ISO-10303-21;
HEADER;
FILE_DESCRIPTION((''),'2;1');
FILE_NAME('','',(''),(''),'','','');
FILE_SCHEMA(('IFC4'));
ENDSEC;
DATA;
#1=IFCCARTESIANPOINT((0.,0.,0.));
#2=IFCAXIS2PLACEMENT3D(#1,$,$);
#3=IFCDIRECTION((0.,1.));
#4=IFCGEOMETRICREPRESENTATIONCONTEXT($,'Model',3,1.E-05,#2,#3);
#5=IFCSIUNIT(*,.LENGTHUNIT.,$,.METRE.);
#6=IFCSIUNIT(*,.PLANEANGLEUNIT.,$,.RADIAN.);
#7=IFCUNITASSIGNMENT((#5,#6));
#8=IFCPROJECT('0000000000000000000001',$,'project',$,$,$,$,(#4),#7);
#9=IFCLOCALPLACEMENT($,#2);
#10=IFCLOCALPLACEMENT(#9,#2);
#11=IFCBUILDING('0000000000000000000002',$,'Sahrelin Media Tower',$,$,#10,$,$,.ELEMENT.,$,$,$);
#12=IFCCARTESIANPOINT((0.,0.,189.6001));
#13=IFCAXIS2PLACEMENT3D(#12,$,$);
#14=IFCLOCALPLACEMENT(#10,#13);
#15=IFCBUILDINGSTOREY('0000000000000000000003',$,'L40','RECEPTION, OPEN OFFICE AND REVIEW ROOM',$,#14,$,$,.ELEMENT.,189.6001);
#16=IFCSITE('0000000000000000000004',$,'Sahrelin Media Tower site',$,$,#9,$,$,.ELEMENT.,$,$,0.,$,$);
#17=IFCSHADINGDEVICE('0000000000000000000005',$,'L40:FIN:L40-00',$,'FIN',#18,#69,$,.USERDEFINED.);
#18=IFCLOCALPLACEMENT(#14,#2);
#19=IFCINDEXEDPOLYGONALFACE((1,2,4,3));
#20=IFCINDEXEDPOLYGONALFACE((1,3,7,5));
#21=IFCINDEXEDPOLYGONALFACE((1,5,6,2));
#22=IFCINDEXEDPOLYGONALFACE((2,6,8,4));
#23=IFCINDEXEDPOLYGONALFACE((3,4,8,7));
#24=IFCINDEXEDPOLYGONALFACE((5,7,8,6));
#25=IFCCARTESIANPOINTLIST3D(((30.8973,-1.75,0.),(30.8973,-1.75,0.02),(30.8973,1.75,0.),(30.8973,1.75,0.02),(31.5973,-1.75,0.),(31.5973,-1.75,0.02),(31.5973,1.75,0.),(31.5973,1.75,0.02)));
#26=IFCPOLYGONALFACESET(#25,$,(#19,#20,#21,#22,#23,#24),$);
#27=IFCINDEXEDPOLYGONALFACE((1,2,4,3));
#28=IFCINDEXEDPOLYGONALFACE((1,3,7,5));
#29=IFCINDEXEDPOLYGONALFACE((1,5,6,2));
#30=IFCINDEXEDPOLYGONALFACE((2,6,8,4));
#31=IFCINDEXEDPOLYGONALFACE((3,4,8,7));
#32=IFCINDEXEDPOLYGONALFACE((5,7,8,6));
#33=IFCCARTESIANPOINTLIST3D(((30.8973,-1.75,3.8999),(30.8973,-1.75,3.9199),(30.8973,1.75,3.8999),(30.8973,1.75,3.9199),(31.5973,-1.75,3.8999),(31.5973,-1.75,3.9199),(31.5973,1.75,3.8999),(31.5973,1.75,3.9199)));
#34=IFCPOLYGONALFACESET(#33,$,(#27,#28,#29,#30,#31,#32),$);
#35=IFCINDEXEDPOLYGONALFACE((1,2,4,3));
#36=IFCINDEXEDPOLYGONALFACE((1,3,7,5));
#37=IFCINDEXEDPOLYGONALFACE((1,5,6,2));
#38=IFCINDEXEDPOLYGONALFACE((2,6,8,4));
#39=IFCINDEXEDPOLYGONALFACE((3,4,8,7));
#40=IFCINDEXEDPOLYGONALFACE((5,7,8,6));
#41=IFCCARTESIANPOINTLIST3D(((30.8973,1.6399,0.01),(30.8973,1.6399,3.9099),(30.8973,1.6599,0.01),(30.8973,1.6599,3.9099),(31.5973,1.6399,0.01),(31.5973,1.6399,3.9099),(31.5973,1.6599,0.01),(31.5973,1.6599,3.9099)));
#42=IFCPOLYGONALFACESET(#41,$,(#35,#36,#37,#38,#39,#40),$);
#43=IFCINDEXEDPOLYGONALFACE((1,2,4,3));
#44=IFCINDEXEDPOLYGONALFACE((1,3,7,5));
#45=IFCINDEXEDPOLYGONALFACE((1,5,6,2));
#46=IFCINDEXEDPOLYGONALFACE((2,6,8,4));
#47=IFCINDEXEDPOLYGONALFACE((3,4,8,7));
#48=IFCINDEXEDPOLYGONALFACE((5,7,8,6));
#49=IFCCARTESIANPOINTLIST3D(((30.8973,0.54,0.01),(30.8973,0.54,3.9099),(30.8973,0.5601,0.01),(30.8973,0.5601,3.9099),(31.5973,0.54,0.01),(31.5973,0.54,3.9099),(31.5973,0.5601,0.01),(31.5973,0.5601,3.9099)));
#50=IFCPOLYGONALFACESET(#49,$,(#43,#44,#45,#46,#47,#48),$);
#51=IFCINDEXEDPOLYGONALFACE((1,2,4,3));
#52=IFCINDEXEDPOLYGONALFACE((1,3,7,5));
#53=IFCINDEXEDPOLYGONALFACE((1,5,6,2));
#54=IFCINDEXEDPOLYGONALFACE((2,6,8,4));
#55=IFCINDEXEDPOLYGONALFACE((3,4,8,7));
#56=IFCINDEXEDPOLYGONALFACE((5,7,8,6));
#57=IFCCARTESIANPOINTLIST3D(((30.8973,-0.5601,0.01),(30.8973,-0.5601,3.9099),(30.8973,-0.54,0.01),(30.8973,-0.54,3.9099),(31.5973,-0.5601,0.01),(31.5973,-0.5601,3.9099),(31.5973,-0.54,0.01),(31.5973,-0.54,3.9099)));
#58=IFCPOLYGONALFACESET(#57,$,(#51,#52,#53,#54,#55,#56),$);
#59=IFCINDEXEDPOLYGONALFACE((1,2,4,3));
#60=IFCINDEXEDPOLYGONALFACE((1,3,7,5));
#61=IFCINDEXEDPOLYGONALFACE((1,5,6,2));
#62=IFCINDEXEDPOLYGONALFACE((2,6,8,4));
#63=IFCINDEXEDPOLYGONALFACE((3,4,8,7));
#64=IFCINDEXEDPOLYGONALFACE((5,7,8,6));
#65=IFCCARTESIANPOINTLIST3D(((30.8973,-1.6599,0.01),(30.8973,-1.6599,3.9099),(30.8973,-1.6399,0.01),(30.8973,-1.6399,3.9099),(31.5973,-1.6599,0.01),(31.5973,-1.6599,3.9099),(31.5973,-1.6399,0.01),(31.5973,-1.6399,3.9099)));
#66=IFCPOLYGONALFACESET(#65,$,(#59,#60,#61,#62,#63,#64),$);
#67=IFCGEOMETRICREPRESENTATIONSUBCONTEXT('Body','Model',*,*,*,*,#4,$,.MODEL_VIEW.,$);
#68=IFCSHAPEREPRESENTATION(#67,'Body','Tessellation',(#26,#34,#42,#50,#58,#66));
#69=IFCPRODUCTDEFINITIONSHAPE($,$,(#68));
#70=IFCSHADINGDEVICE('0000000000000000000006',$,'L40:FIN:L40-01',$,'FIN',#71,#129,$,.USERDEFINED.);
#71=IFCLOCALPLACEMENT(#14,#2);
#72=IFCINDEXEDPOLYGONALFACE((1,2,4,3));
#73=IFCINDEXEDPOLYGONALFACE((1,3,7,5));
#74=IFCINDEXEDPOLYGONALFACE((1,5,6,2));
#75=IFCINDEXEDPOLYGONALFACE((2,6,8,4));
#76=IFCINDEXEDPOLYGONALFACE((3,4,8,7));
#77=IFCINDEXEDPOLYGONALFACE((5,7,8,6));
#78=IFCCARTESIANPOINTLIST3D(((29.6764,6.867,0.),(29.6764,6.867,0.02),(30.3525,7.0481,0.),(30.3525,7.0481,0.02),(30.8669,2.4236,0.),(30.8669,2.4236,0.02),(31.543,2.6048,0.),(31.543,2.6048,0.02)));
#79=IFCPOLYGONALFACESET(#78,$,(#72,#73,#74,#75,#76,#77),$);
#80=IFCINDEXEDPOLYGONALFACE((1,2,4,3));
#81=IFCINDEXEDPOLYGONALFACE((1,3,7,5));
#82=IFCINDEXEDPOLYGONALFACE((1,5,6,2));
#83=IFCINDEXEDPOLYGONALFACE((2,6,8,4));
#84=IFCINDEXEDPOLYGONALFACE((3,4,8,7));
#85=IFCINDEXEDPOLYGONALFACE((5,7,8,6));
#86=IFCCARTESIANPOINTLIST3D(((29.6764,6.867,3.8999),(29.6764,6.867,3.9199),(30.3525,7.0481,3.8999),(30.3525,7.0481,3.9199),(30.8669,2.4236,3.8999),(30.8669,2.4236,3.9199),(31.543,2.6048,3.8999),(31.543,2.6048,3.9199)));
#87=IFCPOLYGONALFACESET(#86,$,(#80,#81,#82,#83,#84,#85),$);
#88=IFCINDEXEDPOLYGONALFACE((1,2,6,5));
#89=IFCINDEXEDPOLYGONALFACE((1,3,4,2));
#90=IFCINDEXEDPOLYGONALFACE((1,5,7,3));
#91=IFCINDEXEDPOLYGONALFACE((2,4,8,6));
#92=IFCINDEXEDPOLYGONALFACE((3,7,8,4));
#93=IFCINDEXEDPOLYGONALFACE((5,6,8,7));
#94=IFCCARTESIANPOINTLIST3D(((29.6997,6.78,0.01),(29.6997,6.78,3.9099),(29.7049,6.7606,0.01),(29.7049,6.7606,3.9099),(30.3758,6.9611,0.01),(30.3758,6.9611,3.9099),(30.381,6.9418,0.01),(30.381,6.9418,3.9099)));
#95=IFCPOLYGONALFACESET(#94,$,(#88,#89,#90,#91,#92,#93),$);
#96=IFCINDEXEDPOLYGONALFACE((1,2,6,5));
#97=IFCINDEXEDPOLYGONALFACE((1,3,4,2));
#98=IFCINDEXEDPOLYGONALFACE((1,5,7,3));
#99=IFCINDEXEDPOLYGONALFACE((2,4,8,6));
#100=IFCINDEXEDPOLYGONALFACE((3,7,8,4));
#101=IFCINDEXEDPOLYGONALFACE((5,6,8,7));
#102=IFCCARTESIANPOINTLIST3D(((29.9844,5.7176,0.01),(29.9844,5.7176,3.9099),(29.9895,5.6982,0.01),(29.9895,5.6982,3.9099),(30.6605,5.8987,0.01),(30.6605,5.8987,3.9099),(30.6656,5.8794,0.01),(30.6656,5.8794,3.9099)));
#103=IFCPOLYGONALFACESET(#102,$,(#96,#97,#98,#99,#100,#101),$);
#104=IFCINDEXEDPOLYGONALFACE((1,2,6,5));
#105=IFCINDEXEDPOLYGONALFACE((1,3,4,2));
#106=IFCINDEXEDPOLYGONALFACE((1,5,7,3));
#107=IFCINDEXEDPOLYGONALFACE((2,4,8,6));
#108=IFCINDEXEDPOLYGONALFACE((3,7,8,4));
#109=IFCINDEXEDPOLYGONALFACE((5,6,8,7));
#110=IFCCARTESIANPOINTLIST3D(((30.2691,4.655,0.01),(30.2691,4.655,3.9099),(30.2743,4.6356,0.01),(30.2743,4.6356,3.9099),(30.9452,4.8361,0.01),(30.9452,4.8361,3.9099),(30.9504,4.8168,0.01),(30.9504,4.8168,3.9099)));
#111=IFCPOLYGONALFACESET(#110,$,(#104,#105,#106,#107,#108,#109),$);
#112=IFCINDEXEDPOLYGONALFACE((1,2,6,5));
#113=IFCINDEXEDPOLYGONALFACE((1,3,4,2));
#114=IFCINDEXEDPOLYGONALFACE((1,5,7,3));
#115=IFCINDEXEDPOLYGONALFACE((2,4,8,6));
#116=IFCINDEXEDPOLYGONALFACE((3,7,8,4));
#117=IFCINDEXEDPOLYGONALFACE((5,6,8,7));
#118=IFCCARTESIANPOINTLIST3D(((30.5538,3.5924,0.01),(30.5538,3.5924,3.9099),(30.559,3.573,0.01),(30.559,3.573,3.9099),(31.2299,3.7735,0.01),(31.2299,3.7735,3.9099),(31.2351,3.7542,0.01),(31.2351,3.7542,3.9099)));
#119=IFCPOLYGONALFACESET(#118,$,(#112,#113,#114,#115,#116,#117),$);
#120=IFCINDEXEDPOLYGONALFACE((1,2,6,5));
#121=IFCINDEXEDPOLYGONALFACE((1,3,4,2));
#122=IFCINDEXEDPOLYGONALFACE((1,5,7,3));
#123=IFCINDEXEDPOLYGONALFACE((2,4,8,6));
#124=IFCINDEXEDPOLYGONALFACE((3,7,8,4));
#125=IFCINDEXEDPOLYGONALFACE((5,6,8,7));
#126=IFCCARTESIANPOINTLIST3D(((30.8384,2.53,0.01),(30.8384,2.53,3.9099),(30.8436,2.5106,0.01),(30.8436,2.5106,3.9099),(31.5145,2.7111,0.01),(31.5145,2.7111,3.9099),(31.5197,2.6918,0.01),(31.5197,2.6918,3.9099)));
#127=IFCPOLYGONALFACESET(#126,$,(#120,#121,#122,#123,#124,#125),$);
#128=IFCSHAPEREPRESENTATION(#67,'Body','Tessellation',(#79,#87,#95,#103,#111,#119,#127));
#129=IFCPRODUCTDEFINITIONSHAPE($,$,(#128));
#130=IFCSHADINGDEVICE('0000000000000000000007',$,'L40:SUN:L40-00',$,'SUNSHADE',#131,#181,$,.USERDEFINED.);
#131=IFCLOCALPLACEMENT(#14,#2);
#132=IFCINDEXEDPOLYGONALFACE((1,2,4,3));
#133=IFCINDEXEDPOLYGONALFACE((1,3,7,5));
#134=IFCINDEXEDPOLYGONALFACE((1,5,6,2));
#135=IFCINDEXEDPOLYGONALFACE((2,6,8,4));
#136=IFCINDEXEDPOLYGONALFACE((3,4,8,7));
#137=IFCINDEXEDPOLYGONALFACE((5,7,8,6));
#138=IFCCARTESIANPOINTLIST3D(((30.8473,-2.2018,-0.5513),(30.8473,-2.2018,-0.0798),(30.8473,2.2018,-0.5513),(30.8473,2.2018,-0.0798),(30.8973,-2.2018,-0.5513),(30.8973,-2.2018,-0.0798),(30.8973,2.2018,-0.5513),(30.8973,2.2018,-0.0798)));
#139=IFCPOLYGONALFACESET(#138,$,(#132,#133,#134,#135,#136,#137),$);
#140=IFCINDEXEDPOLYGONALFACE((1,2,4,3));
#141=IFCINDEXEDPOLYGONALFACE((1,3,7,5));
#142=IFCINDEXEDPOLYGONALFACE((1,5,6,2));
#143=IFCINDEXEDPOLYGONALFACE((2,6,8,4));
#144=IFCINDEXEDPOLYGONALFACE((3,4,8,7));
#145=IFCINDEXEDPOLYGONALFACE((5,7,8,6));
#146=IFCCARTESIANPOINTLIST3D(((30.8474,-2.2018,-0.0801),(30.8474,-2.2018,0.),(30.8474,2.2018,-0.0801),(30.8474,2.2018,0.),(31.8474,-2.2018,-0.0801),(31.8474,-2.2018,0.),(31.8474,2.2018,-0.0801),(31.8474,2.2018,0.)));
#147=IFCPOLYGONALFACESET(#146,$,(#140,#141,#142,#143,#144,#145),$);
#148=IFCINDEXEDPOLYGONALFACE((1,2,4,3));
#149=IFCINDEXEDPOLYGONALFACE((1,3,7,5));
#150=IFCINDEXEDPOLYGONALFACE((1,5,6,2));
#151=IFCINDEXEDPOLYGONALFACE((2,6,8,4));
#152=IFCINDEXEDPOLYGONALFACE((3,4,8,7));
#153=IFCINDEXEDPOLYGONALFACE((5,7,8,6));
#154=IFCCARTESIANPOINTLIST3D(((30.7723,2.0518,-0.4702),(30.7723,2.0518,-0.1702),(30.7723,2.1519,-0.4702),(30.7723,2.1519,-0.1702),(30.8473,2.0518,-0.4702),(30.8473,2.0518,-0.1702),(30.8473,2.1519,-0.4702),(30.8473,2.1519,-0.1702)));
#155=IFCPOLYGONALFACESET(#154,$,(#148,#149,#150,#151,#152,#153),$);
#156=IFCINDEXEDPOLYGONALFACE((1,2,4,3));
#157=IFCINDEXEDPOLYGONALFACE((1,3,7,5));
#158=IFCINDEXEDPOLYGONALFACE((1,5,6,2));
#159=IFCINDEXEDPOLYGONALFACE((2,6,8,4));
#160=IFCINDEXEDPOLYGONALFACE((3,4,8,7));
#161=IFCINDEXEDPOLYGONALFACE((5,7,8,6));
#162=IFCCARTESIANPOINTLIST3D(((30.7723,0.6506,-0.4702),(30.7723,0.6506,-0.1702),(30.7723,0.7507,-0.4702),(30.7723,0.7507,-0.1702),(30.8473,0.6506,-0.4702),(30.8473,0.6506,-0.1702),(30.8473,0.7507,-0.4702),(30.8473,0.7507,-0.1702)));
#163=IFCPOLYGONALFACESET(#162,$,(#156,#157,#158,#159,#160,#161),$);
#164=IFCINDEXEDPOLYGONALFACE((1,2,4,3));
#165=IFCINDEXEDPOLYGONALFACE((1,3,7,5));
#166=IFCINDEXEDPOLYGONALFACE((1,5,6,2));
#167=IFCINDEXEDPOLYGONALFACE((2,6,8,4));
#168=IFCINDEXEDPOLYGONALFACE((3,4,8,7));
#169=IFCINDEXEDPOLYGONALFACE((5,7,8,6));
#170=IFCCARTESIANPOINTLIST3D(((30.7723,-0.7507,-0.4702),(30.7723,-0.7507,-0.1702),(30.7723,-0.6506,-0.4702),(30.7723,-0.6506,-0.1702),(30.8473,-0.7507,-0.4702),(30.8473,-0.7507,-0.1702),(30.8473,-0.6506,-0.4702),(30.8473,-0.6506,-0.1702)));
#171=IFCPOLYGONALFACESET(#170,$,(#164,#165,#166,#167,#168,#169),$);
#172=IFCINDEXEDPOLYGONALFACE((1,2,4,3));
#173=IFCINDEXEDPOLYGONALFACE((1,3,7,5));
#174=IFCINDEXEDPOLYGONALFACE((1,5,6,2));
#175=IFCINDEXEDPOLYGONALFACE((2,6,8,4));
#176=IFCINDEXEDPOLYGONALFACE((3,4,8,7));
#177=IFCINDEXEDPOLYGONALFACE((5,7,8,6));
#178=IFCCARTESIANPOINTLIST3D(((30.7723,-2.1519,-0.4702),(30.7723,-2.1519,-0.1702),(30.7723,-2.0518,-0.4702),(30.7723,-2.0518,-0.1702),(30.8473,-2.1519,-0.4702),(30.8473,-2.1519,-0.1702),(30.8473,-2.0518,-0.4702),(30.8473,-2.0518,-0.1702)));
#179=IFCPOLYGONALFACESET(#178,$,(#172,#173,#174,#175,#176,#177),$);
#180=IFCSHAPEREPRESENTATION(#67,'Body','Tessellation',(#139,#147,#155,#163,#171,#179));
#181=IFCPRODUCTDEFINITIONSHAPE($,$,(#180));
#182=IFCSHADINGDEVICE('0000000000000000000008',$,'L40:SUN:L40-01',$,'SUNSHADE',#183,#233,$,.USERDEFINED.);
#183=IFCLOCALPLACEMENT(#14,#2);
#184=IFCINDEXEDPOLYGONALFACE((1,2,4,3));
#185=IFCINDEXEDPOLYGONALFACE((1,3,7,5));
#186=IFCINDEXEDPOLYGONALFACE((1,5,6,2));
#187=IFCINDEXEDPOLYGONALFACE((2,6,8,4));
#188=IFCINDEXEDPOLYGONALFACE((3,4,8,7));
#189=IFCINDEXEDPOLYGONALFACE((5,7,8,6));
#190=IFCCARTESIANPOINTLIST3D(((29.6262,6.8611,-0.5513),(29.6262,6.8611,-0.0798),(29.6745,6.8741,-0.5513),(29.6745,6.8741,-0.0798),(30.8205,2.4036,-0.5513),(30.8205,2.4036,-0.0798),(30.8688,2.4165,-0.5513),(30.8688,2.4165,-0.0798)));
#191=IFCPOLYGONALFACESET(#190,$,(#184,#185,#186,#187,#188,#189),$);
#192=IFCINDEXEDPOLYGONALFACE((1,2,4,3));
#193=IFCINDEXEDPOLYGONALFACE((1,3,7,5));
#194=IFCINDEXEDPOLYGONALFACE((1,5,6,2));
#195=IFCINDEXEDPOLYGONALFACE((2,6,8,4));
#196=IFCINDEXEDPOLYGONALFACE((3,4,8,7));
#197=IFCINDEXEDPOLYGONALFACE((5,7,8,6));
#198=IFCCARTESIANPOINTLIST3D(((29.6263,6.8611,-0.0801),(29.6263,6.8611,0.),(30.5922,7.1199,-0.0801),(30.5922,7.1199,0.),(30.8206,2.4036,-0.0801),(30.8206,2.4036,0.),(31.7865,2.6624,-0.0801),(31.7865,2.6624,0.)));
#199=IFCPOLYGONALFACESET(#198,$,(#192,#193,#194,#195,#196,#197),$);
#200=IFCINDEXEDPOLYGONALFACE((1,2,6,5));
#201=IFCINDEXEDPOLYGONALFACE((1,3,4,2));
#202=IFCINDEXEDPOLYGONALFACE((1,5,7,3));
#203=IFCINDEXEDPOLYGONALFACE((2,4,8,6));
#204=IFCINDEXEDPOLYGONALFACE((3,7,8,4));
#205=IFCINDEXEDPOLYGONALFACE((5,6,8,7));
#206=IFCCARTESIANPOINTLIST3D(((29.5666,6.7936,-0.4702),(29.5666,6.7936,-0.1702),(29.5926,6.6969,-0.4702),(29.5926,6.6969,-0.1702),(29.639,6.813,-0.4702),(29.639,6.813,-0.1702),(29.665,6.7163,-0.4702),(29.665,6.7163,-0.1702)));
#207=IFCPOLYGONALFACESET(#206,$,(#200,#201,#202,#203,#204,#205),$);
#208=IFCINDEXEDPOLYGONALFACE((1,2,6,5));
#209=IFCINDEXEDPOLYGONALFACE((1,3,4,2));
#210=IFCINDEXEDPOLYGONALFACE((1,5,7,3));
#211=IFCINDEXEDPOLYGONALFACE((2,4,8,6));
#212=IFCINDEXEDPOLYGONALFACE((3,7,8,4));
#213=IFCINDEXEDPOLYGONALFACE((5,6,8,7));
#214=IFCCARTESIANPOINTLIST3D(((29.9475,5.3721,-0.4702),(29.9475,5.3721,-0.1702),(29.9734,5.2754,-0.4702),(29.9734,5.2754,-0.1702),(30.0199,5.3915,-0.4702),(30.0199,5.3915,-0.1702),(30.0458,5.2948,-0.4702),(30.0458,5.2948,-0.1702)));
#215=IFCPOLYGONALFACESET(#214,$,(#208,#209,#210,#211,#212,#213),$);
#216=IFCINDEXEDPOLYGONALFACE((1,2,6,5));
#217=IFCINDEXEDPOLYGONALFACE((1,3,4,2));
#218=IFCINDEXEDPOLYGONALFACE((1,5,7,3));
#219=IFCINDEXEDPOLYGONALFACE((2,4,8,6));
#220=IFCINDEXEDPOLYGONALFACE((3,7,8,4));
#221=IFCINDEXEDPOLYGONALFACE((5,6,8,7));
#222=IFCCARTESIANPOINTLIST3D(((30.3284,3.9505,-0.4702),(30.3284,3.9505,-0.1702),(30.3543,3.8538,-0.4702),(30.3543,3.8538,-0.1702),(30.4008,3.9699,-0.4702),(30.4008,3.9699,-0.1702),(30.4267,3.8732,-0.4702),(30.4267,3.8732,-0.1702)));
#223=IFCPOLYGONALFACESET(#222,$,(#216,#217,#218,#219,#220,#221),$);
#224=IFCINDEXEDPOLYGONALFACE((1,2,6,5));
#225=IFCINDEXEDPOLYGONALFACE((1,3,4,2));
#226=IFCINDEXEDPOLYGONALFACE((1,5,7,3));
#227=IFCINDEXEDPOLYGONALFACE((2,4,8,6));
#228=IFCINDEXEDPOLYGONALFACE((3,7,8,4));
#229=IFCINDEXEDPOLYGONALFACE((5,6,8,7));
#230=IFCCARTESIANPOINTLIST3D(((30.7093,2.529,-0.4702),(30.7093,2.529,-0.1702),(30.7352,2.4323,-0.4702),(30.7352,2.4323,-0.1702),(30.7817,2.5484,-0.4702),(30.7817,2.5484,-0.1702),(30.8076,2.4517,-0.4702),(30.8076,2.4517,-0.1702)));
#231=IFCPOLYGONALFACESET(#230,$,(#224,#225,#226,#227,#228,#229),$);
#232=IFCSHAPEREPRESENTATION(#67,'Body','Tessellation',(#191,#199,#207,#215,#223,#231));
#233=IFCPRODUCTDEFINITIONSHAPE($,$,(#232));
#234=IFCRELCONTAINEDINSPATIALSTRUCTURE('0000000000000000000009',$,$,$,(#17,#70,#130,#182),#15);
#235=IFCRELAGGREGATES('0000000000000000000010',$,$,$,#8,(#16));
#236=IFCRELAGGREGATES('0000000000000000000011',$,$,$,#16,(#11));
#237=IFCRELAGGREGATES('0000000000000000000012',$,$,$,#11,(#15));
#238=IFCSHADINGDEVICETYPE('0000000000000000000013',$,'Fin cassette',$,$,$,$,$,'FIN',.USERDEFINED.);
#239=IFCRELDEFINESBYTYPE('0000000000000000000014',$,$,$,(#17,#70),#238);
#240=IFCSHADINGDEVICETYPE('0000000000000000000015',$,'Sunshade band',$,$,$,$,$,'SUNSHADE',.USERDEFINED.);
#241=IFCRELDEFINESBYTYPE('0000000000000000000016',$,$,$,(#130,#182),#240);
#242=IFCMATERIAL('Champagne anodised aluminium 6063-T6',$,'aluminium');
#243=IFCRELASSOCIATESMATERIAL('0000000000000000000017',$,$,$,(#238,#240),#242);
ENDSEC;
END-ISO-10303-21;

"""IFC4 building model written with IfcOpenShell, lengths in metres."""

from ifc_helpers import new_model, si_unit, direction, frame, origin, origin_2d, place, context, subcontext, project, spatial, rectangle, extrude, material, type_object, element, save


model = new_model("IFC4")

# Units and contexts
model_context = context("Model", 3, precision=1e-05, world=origin(), true_north=direction((0.0, 1.0)))
body_context = subcontext(model_context, "Body", "Model", "MODEL_VIEW")
ifc_project = project(units=[si_unit("LENGTHUNIT", "METRE"), si_unit("PLANEANGLEUNIT", "RADIAN")], contexts=[model_context])

# Site, building, storey
site_placement = place(None, origin())
site = spatial("IfcSite", under=ifc_project, at=site_placement, Name="Sahrelin Media Tower site", CompositionType="ELEMENT", RefElevation=0.0)
building_placement = place(site_placement, origin())
building = spatial("IfcBuilding", under=site, at=building_placement, Name="Sahrelin Media Tower", CompositionType="ELEMENT")
storey_placement = place(building_placement, frame((0.0, 0.0, 189.6001)))
storey = spatial("IfcBuildingStorey", under=building, at=storey_placement, Name="L40", Description="RECEPTION, OPEN OFFICE AND REVIEW ROOM", CompositionType="ELEMENT", Elevation=189.6001)

# Shared definitions
ifc_material_1 = material(Name="Champagne anodised aluminium 6063-T6", Category="aluminium")

# Shading devices
shading_device_type_1 = type_object("IfcShadingDeviceType", Name="Fin cassette", ElementType="FIN", PredefinedType="USERDEFINED", material=ifc_material_1)
placement_1 = place(storey_placement, frame((30.8274, 0.0, 0.0), z_axis=(0.0, 0.0, 1.0), x_axis=(0.0, -1.0, 0.0)))
element("IfcShadingDevice", 1, at=placement_1, inside=storey, type_object=shading_device_type_1, Name="L40:FIN:L40-00", ObjectType="FIN", PredefinedType="USERDEFINED", context=body_context, shape_type="SweptSolid", body=[
    extrude(rectangle(XDim=3.5, YDim=0.7, at=origin_2d()), frame((0.0, 0.4199, 0.0)), (0.0, 0.0, 1.0), 0.02),
    extrude(rectangle(XDim=3.5, YDim=0.7, at=origin_2d()), frame((0.0, 0.4199, 3.8999)), (0.0, 0.0, 1.0), 0.02),
    extrude(rectangle(XDim=0.02, YDim=0.7, at=origin_2d()), frame((-1.6499, 0.4199, 0.01), z_axis=(0.0, 0.0, 1.0), x_axis=(1.0, 0.0, 0.0)), (0.0, 0.0, 1.0), 3.8999),
    extrude(rectangle(XDim=0.02, YDim=0.7, at=origin_2d()), frame((-0.55, 0.4199, 0.01), z_axis=(0.0, 0.0, 1.0), x_axis=(1.0, 0.0, 0.0)), (0.0, 0.0, 1.0), 3.8999),
    extrude(rectangle(XDim=0.02, YDim=0.7, at=origin_2d()), frame((0.55, 0.4199, 0.01), z_axis=(0.0, 0.0, 1.0), x_axis=(1.0, 0.0, 0.0)), (0.0, 0.0, 1.0), 3.8999),
    extrude(rectangle(XDim=0.02, YDim=0.7, at=origin_2d()), frame((1.6499, 0.4199, 0.01), z_axis=(0.0, 0.0, 1.0), x_axis=(1.0, 0.0, 0.0)), (0.0, 0.0, 1.0), 3.8999),
])
placement_2 = place(storey_placement, frame((30.2041, 4.6272, 0.0), z_axis=(0.0, 0.0, 1.0), x_axis=(0.258808, -0.965929, 0.0)))
element("IfcShadingDevice", 2, at=placement_2, inside=storey, type_object=shading_device_type_1, Name="L40:FIN:L40-01", ObjectType="FIN", PredefinedType="USERDEFINED", context=body_context, shape_type="SweptSolid", body=[
    extrude(rectangle(XDim=4.6001, YDim=0.7, at=origin_2d()), frame((0.0, 0.4199, 0.0)), (0.0, 0.0, 1.0), 0.02),
    extrude(rectangle(XDim=4.6001, YDim=0.7, at=origin_2d()), frame((0.0, 0.4199, 3.8999)), (0.0, 0.0, 1.0), 0.02),
    extrude(rectangle(XDim=0.02, YDim=0.7, at=origin_2d()), frame((-2.2, 0.4199, 0.01), z_axis=(0.0, 0.0, 1.0), x_axis=(1.0, 0.0, 0.0)), (0.0, 0.0, 1.0), 3.8999),
    extrude(rectangle(XDim=0.02, YDim=0.7, at=origin_2d()), frame((-1.1001, 0.4199, 0.01), z_axis=(0.0, 0.0, 1.0), x_axis=(1.0, 0.0, 0.0)), (0.0, 0.0, 1.0), 3.8999),
    extrude(rectangle(XDim=0.02, YDim=0.7, at=origin_2d()), frame((0.0, 0.4199, 0.01), z_axis=(0.0, 0.0, 1.0), x_axis=(1.0, 0.0, 0.0)), (0.0, 0.0, 1.0), 3.8999),
    extrude(rectangle(XDim=0.02, YDim=0.7, at=origin_2d()), frame((1.1001, 0.4199, 0.01), z_axis=(0.0, 0.0, 1.0), x_axis=(1.0, 0.0, 0.0)), (0.0, 0.0, 1.0), 3.8999),
    extrude(rectangle(XDim=0.02, YDim=0.7, at=origin_2d()), frame((2.2, 0.4199, 0.01), z_axis=(0.0, 0.0, 1.0), x_axis=(1.0, 0.0, 0.0)), (0.0, 0.0, 1.0), 3.8999),
])
shading_device_type_2 = type_object("IfcShadingDeviceType", Name="Sunshade band", ElementType="SUNSHADE", PredefinedType="USERDEFINED", material=ifc_material_1)
element("IfcShadingDevice", 3, at=placement_1, inside=storey, type_object=shading_device_type_2, Name="L40:SUN:L40-00", ObjectType="SUNSHADE", PredefinedType="USERDEFINED", context=body_context, shape_type="SweptSolid", body=[
    extrude(rectangle(XDim=4.4036, YDim=0.05, at=origin_2d()), frame((0.0, 0.0449, -0.5513)), (0.0, 0.0, 1.0), 0.4714),
    extrude(rectangle(XDim=4.4036, YDim=1.0, at=origin_2d()), frame((0.0, 0.52, -0.0801)), (0.0, 0.0, 1.0), 0.0801),
    extrude(rectangle(XDim=0.1001, YDim=0.075, at=origin_2d()), frame((-2.1018, -0.0176, -0.4702)), (0.0, 0.0, 1.0), 0.3),
    extrude(rectangle(XDim=0.1001, YDim=0.075, at=origin_2d()), frame((-0.7007, -0.0176, -0.4702)), (0.0, 0.0, 1.0), 0.3),
    extrude(rectangle(XDim=0.1001, YDim=0.075, at=origin_2d()), frame((0.7007, -0.0176, -0.4702)), (0.0, 0.0, 1.0), 0.3),
    extrude(rectangle(XDim=0.1001, YDim=0.075, at=origin_2d()), frame((2.1018, -0.0176, -0.4702)), (0.0, 0.0, 1.0), 0.3),
])
element("IfcShadingDevice", 4, at=placement_2, inside=storey, type_object=shading_device_type_2, Name="L40:SUN:L40-01", ObjectType="SUNSHADE", PredefinedType="USERDEFINED", context=body_context, shape_type="SweptSolid", body=[
    extrude(rectangle(XDim=4.6147, YDim=0.05, at=origin_2d()), frame((0.0, 0.0449, -0.5513)), (0.0, 0.0, 1.0), 0.4714),
    extrude(rectangle(XDim=4.6147, YDim=1.0, at=origin_2d()), frame((0.0, 0.52, -0.0801)), (0.0, 0.0, 1.0), 0.0801),
    extrude(rectangle(XDim=0.1001, YDim=0.075, at=origin_2d()), frame((-2.2075, -0.0176, -0.4702)), (0.0, 0.0, 1.0), 0.3),
    extrude(rectangle(XDim=0.1001, YDim=0.075, at=origin_2d()), frame((-0.7358, -0.0176, -0.4702)), (0.0, 0.0, 1.0), 0.3),
    extrude(rectangle(XDim=0.1001, YDim=0.075, at=origin_2d()), frame((0.7358, -0.0176, -0.4702)), (0.0, 0.0, 1.0), 0.3),
    extrude(rectangle(XDim=0.1001, YDim=0.075, at=origin_2d()), frame((2.2075, -0.0176, -0.4702)), (0.0, 0.0, 1.0), 0.3),
])

save(model, "model.ifc")
